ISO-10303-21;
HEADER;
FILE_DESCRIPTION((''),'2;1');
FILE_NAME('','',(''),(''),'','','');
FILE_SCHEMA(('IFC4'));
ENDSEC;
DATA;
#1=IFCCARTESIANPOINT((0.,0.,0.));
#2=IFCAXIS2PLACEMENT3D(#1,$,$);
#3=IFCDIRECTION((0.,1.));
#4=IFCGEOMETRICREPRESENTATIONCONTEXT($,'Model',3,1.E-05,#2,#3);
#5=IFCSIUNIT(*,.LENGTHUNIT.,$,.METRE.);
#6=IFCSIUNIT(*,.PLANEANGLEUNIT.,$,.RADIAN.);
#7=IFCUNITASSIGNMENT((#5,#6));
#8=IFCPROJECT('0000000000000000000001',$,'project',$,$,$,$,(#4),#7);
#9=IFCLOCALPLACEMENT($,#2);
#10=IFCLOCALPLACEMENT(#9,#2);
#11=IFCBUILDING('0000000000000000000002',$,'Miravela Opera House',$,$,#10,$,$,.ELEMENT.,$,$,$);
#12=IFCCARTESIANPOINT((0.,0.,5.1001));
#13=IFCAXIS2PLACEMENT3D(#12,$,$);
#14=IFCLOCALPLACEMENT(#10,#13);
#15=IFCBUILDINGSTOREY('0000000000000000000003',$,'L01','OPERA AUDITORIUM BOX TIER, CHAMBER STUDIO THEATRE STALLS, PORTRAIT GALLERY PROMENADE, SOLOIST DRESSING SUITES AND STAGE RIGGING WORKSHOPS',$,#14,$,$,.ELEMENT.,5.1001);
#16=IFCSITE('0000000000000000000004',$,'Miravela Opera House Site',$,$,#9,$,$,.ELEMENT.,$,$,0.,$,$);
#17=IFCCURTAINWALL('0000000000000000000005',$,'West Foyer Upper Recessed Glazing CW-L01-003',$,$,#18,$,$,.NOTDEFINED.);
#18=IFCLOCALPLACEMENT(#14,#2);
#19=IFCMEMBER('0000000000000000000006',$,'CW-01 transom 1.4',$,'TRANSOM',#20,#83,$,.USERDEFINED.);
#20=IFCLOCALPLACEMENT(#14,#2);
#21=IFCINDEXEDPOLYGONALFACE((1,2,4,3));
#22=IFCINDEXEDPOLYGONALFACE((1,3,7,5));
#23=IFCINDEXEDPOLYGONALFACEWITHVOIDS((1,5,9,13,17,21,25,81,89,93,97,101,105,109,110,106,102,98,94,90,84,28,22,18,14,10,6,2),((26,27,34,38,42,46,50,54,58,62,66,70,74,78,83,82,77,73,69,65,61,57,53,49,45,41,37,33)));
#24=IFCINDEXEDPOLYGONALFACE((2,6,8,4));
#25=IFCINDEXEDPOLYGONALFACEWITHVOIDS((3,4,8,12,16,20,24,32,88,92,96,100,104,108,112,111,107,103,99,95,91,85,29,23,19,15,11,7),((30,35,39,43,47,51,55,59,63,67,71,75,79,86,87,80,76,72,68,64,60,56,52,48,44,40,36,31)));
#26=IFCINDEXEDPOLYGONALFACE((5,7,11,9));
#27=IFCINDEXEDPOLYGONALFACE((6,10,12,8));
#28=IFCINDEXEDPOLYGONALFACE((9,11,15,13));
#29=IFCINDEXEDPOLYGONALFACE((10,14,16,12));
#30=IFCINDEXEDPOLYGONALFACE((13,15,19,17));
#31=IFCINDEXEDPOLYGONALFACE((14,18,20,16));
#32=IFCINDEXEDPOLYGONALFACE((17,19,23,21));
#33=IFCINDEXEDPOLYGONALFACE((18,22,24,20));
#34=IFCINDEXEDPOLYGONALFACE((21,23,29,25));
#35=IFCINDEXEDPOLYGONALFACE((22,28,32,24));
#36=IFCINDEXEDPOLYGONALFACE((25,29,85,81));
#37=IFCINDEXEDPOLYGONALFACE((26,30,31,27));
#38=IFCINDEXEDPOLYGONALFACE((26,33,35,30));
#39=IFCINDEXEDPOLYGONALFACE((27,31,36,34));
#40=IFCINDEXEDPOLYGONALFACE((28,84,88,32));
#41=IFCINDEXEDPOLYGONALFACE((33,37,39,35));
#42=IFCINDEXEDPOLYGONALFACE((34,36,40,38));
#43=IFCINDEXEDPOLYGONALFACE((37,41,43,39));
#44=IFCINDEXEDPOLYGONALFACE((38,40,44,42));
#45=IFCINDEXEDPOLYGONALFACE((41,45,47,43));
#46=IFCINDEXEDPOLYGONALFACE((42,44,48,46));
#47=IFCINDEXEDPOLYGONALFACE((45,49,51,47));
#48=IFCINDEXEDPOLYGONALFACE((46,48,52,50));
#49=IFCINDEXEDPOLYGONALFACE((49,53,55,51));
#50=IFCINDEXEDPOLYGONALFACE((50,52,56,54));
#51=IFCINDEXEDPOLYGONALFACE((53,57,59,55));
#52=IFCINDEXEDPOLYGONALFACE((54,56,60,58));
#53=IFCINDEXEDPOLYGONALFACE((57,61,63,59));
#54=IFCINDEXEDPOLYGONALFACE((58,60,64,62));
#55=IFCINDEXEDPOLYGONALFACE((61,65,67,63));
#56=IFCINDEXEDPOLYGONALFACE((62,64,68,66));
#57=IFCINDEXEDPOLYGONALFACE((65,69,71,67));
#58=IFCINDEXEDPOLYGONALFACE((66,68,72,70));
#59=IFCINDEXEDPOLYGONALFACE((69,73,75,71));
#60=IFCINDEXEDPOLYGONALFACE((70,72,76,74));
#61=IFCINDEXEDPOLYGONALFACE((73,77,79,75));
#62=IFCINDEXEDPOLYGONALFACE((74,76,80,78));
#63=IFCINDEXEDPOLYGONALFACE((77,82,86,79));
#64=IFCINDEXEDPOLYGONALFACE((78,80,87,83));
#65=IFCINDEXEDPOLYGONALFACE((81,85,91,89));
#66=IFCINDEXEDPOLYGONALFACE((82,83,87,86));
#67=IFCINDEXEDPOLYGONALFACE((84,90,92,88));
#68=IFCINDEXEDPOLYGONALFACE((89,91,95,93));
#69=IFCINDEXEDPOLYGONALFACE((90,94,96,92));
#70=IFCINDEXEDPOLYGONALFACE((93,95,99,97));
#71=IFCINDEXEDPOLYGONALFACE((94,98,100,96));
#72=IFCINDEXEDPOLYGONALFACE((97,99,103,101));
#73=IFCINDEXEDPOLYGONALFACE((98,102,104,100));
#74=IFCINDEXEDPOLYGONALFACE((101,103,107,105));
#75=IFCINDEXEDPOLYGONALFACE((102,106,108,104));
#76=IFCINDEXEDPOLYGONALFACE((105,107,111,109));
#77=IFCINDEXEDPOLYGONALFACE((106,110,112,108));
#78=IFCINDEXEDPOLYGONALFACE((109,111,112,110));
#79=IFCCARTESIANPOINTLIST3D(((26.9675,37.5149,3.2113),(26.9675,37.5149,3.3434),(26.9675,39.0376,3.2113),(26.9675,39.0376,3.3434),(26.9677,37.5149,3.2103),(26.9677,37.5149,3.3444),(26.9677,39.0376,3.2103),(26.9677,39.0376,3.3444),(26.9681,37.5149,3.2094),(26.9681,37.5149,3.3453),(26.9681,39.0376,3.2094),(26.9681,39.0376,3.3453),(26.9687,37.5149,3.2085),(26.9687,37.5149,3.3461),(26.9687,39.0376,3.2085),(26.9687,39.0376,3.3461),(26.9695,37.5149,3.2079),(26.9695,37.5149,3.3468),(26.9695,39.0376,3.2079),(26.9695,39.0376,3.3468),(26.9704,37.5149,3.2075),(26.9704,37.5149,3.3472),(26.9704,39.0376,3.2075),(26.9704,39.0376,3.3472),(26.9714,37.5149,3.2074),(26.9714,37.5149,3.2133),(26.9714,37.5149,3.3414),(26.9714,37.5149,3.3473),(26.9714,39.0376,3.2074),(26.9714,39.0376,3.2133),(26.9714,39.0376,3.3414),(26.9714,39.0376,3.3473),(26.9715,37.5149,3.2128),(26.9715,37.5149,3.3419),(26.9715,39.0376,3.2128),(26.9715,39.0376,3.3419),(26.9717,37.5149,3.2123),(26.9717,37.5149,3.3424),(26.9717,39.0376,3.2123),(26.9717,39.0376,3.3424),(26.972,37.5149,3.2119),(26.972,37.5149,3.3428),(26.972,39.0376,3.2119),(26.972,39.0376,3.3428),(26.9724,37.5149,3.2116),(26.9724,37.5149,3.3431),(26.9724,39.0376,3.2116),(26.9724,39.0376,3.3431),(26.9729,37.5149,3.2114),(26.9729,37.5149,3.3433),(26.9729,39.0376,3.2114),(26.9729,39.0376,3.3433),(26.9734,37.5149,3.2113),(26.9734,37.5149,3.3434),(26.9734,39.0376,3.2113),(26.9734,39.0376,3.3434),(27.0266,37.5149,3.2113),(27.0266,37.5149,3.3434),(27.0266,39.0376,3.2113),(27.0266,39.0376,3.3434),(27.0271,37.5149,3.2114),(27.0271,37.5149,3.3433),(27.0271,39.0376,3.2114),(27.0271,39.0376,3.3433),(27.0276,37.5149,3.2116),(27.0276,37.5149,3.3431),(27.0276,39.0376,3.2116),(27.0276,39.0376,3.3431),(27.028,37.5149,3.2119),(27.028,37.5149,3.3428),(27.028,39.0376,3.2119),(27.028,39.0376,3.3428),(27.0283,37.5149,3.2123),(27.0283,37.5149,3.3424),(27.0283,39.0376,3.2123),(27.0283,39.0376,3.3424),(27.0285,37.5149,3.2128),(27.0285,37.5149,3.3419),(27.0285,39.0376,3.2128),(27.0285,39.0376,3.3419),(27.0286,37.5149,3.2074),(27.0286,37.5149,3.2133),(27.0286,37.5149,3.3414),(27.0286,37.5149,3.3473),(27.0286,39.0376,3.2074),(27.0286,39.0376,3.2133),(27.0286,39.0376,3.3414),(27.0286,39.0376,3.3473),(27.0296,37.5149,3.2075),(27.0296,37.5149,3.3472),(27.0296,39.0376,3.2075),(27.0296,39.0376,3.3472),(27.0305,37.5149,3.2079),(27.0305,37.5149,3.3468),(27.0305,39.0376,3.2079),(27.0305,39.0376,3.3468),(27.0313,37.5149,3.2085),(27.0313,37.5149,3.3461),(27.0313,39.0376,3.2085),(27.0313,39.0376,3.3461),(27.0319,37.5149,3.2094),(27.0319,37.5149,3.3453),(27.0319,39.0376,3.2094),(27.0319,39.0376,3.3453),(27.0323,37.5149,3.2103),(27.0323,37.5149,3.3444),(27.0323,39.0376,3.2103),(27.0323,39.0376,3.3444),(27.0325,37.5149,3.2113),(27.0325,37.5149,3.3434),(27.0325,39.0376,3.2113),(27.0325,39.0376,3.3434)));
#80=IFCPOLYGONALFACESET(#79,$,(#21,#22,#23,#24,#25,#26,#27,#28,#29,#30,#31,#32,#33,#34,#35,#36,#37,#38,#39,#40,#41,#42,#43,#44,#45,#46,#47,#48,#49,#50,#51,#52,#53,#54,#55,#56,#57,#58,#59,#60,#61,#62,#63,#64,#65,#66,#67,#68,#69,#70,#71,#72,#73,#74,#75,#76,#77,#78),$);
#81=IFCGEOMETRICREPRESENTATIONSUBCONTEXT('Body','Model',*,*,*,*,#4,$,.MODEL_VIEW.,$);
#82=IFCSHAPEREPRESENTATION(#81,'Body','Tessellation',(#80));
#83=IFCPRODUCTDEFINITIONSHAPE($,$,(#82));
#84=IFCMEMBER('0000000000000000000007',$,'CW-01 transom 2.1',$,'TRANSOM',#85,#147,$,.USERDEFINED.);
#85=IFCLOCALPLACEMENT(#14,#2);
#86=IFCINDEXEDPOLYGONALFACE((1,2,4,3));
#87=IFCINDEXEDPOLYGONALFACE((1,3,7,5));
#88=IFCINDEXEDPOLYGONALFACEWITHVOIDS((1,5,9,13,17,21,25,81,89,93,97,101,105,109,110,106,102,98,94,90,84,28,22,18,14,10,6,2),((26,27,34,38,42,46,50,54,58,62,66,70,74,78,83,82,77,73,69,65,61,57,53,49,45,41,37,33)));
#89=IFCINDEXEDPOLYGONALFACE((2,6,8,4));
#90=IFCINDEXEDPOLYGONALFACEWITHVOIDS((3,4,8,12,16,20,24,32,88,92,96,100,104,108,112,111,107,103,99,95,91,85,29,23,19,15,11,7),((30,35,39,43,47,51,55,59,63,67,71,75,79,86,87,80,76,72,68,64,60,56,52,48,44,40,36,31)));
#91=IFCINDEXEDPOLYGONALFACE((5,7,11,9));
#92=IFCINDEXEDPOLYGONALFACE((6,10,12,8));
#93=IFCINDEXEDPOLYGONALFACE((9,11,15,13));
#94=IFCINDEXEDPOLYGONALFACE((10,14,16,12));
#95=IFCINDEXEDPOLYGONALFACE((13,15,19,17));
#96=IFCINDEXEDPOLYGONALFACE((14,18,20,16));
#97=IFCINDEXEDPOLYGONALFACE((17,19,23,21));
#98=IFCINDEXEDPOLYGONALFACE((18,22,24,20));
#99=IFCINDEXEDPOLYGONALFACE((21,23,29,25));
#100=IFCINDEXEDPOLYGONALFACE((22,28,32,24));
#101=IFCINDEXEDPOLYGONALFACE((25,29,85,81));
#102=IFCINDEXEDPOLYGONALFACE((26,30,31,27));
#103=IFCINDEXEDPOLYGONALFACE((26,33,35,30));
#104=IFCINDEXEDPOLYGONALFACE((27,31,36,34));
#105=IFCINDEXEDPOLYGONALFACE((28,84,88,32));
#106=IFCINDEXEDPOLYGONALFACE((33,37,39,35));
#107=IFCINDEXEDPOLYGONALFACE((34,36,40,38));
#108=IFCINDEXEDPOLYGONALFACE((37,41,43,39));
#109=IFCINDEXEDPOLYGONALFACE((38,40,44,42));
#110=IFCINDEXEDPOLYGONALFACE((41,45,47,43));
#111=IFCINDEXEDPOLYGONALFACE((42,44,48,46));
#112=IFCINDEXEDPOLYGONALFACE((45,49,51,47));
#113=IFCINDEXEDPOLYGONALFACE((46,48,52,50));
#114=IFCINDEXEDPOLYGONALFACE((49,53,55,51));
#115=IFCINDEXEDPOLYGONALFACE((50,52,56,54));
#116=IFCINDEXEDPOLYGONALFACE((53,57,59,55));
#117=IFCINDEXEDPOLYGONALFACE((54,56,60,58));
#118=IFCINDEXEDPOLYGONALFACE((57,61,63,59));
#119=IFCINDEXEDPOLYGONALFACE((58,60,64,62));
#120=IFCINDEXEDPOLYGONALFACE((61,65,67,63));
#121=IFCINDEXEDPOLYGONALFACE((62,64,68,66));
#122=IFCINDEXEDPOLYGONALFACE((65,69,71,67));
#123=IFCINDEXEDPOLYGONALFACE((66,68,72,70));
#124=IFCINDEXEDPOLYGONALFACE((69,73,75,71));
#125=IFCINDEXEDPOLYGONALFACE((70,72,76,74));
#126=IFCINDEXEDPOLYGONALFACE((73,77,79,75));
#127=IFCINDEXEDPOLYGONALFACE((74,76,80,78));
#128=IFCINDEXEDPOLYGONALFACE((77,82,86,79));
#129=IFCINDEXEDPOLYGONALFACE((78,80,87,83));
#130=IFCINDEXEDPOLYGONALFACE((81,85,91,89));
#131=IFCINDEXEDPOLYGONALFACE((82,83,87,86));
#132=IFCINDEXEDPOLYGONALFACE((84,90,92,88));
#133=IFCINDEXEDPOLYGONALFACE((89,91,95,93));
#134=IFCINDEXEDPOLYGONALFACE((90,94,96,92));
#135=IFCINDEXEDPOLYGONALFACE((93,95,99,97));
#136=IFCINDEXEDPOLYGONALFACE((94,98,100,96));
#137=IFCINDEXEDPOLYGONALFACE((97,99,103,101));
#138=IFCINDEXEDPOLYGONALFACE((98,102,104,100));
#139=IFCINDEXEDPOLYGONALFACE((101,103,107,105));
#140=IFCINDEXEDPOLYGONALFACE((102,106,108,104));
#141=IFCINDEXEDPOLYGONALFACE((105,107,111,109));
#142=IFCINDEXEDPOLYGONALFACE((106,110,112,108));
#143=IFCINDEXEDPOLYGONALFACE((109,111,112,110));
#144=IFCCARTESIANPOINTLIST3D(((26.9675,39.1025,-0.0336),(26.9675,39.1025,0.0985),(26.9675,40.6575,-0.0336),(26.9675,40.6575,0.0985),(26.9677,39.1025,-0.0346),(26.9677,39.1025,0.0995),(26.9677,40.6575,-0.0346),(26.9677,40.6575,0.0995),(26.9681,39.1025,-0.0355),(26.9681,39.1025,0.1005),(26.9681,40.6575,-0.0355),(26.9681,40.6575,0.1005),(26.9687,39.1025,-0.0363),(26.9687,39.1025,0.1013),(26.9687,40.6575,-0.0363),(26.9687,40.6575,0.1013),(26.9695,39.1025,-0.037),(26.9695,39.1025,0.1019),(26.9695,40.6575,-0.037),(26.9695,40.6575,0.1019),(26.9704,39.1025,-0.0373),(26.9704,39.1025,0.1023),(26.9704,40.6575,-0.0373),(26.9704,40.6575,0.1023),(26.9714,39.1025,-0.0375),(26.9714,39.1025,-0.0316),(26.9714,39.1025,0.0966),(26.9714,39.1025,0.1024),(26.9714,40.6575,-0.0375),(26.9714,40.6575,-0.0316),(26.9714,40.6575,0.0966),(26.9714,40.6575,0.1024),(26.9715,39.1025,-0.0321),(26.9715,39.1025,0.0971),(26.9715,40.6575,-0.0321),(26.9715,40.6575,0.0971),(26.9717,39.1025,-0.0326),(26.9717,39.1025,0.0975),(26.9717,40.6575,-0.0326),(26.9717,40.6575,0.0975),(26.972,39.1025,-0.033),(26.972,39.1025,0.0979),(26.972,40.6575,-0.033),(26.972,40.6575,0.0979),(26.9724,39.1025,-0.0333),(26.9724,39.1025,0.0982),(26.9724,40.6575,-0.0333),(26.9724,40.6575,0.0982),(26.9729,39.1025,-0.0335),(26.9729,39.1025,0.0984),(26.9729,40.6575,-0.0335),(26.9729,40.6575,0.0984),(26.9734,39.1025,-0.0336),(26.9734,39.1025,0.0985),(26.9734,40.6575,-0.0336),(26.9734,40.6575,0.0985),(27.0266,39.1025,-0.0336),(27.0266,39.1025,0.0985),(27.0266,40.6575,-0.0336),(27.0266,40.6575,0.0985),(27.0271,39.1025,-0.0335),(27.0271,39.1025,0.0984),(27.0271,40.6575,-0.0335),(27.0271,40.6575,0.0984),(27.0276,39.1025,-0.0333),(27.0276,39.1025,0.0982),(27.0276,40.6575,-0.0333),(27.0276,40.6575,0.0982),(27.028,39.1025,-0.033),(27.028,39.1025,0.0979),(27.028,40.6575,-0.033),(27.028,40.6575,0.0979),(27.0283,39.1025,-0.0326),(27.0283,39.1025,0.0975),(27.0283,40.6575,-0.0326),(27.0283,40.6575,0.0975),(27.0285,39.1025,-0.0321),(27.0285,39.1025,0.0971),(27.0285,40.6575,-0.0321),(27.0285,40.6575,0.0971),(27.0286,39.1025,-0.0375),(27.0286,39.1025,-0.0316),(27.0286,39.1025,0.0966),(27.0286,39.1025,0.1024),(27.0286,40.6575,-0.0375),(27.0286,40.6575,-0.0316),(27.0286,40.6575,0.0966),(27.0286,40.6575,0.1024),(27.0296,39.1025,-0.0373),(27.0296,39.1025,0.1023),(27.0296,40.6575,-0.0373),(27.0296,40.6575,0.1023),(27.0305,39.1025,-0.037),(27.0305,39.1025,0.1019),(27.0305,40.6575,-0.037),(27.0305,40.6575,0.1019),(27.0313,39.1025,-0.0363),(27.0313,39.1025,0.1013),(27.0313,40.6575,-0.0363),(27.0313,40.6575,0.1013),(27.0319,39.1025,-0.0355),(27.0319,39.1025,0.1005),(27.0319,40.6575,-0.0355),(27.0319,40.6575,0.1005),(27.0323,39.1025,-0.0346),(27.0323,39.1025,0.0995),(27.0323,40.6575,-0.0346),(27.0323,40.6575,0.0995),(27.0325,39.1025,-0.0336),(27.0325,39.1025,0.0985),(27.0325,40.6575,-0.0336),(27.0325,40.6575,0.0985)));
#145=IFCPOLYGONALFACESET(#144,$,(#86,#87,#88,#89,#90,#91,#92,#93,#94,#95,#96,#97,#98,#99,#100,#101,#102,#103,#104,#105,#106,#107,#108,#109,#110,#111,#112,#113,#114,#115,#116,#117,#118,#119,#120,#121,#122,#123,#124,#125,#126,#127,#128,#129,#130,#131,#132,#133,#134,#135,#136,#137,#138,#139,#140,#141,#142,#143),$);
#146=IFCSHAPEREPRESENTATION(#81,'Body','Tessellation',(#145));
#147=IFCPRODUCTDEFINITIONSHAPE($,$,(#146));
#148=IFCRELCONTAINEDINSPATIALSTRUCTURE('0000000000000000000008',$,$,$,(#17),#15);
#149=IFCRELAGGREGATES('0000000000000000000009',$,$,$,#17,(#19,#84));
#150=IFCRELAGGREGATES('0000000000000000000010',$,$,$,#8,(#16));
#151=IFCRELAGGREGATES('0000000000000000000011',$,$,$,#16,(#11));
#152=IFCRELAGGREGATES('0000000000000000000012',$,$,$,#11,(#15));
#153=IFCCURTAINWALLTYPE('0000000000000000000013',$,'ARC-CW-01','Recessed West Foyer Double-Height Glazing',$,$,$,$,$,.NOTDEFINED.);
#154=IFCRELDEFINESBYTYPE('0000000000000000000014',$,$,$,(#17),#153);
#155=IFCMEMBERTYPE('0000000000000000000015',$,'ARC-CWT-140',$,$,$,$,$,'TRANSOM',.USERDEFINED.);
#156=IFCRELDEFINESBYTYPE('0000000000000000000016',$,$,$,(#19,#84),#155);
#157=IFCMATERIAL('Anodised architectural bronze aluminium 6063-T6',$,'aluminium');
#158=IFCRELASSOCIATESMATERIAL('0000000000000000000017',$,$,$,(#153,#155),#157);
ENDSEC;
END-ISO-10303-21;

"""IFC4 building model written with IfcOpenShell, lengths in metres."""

from ifc_helpers import new_model, si_unit, direction, frame, origin, origin_2d, place, context, subcontext, project, spatial, hollow_rectangle, extrude, material, material_profile, profile_set, type_object, element, aggregate, save


model = new_model("IFC4")

# Units and contexts
model_context = context("Model", 3, precision=1e-05, world=origin(), true_north=direction((0.0, 1.0)))
body_context = subcontext(model_context, "Body", "Model", "MODEL_VIEW")
ifc_project = project(units=[si_unit("LENGTHUNIT", "METRE"), si_unit("PLANEANGLEUNIT", "RADIAN")], contexts=[model_context])

# Site, building, storey
site_placement = place(None, origin())
site = spatial("IfcSite", under=ifc_project, at=site_placement, Name="Miravela Opera House Site", CompositionType="ELEMENT", RefElevation=0.0)
building_placement = place(site_placement, origin())
building = spatial("IfcBuilding", under=site, at=building_placement, Name="Miravela Opera House", CompositionType="ELEMENT")
storey_placement = place(building_placement, frame((0.0, 0.0, 5.1001)))
storey = spatial("IfcBuildingStorey", under=building, at=storey_placement, Name="L01", Description="OPERA AUDITORIUM BOX TIER, CHAMBER STUDIO THEATRE STALLS, PORTRAIT GALLERY PROMENADE, SOLOIST DRESSING SUITES AND STAGE RIGGING WORKSHOPS", CompositionType="ELEMENT", Elevation=5.1001)

# Shared definitions
ifc_material_1 = material(Name="Anodised architectural bronze aluminium 6063-T6", Category="aluminium")

# Curtain wall
curtain_wall_type_1 = type_object("IfcCurtainWallType", Name="ARC-CW-01", Description="Recessed West Foyer Double-Height Glazing", PredefinedType="NOTDEFINED", material=ifc_material_1)
curtain_wall_1_placement = place(storey_placement, origin())
curtain_wall_1 = element("IfcCurtainWall", 1, at=curtain_wall_1_placement, inside=storey, type_object=curtain_wall_type_1, Name="West Foyer Upper Recessed Glazing CW-L01-003", PredefinedType="NOTDEFINED")

# Members
ifc_material_profile_1 = material_profile(ifc_material_1, hollow_rectangle(XDim=0.0649, YDim=0.1399, WallThickness=0.0039, InnerFilletRadius=0.002, OuterFilletRadius=0.0039, at=origin_2d()), Name="CWT-65X140")
ifc_profile_set_1 = profile_set([ifc_material_profile_1])
member_type_1 = type_object("IfcMemberType", Name="ARC-CWT-140", ElementType="TRANSOM", PredefinedType="USERDEFINED", material=ifc_profile_set_1)
member_1_placement = place(storey_placement, frame((27.0, 37.5149, 3.2773), z_axis=(0.0, 1.0, 0.0), x_axis=(-1.0, 0.0, 0.0)))
member_1 = element("IfcMember", 2, at=member_1_placement, type_object=member_type_1, Name="CW-01 transom 1.4", ObjectType="TRANSOM", PredefinedType="USERDEFINED", context=body_context, shape_type="SweptSolid", body=[
    extrude(hollow_rectangle(XDim=0.0649, YDim=0.1399, WallThickness=0.0039, InnerFilletRadius=0.002, OuterFilletRadius=0.0039, at=origin_2d()), origin(), (0.0, 0.0, 1.0), 1.5227),
])
member_2_placement = place(storey_placement, frame((27.0, 39.1025, 0.0325), z_axis=(0.0, 1.0, 0.0), x_axis=(-1.0, 0.0, 0.0)))
member_2 = element("IfcMember", 3, at=member_2_placement, type_object=member_type_1, Name="CW-01 transom 2.1", ObjectType="TRANSOM", PredefinedType="USERDEFINED", context=body_context, shape_type="SweptSolid", body=[
    extrude(hollow_rectangle(XDim=0.0649, YDim=0.1399, WallThickness=0.0039, InnerFilletRadius=0.002, OuterFilletRadius=0.0039, at=origin_2d()), origin(), (0.0, 0.0, 1.0), 1.5549),
])

aggregate(curtain_wall_1, [member_1, member_2])

save(model, "model.ifc")
